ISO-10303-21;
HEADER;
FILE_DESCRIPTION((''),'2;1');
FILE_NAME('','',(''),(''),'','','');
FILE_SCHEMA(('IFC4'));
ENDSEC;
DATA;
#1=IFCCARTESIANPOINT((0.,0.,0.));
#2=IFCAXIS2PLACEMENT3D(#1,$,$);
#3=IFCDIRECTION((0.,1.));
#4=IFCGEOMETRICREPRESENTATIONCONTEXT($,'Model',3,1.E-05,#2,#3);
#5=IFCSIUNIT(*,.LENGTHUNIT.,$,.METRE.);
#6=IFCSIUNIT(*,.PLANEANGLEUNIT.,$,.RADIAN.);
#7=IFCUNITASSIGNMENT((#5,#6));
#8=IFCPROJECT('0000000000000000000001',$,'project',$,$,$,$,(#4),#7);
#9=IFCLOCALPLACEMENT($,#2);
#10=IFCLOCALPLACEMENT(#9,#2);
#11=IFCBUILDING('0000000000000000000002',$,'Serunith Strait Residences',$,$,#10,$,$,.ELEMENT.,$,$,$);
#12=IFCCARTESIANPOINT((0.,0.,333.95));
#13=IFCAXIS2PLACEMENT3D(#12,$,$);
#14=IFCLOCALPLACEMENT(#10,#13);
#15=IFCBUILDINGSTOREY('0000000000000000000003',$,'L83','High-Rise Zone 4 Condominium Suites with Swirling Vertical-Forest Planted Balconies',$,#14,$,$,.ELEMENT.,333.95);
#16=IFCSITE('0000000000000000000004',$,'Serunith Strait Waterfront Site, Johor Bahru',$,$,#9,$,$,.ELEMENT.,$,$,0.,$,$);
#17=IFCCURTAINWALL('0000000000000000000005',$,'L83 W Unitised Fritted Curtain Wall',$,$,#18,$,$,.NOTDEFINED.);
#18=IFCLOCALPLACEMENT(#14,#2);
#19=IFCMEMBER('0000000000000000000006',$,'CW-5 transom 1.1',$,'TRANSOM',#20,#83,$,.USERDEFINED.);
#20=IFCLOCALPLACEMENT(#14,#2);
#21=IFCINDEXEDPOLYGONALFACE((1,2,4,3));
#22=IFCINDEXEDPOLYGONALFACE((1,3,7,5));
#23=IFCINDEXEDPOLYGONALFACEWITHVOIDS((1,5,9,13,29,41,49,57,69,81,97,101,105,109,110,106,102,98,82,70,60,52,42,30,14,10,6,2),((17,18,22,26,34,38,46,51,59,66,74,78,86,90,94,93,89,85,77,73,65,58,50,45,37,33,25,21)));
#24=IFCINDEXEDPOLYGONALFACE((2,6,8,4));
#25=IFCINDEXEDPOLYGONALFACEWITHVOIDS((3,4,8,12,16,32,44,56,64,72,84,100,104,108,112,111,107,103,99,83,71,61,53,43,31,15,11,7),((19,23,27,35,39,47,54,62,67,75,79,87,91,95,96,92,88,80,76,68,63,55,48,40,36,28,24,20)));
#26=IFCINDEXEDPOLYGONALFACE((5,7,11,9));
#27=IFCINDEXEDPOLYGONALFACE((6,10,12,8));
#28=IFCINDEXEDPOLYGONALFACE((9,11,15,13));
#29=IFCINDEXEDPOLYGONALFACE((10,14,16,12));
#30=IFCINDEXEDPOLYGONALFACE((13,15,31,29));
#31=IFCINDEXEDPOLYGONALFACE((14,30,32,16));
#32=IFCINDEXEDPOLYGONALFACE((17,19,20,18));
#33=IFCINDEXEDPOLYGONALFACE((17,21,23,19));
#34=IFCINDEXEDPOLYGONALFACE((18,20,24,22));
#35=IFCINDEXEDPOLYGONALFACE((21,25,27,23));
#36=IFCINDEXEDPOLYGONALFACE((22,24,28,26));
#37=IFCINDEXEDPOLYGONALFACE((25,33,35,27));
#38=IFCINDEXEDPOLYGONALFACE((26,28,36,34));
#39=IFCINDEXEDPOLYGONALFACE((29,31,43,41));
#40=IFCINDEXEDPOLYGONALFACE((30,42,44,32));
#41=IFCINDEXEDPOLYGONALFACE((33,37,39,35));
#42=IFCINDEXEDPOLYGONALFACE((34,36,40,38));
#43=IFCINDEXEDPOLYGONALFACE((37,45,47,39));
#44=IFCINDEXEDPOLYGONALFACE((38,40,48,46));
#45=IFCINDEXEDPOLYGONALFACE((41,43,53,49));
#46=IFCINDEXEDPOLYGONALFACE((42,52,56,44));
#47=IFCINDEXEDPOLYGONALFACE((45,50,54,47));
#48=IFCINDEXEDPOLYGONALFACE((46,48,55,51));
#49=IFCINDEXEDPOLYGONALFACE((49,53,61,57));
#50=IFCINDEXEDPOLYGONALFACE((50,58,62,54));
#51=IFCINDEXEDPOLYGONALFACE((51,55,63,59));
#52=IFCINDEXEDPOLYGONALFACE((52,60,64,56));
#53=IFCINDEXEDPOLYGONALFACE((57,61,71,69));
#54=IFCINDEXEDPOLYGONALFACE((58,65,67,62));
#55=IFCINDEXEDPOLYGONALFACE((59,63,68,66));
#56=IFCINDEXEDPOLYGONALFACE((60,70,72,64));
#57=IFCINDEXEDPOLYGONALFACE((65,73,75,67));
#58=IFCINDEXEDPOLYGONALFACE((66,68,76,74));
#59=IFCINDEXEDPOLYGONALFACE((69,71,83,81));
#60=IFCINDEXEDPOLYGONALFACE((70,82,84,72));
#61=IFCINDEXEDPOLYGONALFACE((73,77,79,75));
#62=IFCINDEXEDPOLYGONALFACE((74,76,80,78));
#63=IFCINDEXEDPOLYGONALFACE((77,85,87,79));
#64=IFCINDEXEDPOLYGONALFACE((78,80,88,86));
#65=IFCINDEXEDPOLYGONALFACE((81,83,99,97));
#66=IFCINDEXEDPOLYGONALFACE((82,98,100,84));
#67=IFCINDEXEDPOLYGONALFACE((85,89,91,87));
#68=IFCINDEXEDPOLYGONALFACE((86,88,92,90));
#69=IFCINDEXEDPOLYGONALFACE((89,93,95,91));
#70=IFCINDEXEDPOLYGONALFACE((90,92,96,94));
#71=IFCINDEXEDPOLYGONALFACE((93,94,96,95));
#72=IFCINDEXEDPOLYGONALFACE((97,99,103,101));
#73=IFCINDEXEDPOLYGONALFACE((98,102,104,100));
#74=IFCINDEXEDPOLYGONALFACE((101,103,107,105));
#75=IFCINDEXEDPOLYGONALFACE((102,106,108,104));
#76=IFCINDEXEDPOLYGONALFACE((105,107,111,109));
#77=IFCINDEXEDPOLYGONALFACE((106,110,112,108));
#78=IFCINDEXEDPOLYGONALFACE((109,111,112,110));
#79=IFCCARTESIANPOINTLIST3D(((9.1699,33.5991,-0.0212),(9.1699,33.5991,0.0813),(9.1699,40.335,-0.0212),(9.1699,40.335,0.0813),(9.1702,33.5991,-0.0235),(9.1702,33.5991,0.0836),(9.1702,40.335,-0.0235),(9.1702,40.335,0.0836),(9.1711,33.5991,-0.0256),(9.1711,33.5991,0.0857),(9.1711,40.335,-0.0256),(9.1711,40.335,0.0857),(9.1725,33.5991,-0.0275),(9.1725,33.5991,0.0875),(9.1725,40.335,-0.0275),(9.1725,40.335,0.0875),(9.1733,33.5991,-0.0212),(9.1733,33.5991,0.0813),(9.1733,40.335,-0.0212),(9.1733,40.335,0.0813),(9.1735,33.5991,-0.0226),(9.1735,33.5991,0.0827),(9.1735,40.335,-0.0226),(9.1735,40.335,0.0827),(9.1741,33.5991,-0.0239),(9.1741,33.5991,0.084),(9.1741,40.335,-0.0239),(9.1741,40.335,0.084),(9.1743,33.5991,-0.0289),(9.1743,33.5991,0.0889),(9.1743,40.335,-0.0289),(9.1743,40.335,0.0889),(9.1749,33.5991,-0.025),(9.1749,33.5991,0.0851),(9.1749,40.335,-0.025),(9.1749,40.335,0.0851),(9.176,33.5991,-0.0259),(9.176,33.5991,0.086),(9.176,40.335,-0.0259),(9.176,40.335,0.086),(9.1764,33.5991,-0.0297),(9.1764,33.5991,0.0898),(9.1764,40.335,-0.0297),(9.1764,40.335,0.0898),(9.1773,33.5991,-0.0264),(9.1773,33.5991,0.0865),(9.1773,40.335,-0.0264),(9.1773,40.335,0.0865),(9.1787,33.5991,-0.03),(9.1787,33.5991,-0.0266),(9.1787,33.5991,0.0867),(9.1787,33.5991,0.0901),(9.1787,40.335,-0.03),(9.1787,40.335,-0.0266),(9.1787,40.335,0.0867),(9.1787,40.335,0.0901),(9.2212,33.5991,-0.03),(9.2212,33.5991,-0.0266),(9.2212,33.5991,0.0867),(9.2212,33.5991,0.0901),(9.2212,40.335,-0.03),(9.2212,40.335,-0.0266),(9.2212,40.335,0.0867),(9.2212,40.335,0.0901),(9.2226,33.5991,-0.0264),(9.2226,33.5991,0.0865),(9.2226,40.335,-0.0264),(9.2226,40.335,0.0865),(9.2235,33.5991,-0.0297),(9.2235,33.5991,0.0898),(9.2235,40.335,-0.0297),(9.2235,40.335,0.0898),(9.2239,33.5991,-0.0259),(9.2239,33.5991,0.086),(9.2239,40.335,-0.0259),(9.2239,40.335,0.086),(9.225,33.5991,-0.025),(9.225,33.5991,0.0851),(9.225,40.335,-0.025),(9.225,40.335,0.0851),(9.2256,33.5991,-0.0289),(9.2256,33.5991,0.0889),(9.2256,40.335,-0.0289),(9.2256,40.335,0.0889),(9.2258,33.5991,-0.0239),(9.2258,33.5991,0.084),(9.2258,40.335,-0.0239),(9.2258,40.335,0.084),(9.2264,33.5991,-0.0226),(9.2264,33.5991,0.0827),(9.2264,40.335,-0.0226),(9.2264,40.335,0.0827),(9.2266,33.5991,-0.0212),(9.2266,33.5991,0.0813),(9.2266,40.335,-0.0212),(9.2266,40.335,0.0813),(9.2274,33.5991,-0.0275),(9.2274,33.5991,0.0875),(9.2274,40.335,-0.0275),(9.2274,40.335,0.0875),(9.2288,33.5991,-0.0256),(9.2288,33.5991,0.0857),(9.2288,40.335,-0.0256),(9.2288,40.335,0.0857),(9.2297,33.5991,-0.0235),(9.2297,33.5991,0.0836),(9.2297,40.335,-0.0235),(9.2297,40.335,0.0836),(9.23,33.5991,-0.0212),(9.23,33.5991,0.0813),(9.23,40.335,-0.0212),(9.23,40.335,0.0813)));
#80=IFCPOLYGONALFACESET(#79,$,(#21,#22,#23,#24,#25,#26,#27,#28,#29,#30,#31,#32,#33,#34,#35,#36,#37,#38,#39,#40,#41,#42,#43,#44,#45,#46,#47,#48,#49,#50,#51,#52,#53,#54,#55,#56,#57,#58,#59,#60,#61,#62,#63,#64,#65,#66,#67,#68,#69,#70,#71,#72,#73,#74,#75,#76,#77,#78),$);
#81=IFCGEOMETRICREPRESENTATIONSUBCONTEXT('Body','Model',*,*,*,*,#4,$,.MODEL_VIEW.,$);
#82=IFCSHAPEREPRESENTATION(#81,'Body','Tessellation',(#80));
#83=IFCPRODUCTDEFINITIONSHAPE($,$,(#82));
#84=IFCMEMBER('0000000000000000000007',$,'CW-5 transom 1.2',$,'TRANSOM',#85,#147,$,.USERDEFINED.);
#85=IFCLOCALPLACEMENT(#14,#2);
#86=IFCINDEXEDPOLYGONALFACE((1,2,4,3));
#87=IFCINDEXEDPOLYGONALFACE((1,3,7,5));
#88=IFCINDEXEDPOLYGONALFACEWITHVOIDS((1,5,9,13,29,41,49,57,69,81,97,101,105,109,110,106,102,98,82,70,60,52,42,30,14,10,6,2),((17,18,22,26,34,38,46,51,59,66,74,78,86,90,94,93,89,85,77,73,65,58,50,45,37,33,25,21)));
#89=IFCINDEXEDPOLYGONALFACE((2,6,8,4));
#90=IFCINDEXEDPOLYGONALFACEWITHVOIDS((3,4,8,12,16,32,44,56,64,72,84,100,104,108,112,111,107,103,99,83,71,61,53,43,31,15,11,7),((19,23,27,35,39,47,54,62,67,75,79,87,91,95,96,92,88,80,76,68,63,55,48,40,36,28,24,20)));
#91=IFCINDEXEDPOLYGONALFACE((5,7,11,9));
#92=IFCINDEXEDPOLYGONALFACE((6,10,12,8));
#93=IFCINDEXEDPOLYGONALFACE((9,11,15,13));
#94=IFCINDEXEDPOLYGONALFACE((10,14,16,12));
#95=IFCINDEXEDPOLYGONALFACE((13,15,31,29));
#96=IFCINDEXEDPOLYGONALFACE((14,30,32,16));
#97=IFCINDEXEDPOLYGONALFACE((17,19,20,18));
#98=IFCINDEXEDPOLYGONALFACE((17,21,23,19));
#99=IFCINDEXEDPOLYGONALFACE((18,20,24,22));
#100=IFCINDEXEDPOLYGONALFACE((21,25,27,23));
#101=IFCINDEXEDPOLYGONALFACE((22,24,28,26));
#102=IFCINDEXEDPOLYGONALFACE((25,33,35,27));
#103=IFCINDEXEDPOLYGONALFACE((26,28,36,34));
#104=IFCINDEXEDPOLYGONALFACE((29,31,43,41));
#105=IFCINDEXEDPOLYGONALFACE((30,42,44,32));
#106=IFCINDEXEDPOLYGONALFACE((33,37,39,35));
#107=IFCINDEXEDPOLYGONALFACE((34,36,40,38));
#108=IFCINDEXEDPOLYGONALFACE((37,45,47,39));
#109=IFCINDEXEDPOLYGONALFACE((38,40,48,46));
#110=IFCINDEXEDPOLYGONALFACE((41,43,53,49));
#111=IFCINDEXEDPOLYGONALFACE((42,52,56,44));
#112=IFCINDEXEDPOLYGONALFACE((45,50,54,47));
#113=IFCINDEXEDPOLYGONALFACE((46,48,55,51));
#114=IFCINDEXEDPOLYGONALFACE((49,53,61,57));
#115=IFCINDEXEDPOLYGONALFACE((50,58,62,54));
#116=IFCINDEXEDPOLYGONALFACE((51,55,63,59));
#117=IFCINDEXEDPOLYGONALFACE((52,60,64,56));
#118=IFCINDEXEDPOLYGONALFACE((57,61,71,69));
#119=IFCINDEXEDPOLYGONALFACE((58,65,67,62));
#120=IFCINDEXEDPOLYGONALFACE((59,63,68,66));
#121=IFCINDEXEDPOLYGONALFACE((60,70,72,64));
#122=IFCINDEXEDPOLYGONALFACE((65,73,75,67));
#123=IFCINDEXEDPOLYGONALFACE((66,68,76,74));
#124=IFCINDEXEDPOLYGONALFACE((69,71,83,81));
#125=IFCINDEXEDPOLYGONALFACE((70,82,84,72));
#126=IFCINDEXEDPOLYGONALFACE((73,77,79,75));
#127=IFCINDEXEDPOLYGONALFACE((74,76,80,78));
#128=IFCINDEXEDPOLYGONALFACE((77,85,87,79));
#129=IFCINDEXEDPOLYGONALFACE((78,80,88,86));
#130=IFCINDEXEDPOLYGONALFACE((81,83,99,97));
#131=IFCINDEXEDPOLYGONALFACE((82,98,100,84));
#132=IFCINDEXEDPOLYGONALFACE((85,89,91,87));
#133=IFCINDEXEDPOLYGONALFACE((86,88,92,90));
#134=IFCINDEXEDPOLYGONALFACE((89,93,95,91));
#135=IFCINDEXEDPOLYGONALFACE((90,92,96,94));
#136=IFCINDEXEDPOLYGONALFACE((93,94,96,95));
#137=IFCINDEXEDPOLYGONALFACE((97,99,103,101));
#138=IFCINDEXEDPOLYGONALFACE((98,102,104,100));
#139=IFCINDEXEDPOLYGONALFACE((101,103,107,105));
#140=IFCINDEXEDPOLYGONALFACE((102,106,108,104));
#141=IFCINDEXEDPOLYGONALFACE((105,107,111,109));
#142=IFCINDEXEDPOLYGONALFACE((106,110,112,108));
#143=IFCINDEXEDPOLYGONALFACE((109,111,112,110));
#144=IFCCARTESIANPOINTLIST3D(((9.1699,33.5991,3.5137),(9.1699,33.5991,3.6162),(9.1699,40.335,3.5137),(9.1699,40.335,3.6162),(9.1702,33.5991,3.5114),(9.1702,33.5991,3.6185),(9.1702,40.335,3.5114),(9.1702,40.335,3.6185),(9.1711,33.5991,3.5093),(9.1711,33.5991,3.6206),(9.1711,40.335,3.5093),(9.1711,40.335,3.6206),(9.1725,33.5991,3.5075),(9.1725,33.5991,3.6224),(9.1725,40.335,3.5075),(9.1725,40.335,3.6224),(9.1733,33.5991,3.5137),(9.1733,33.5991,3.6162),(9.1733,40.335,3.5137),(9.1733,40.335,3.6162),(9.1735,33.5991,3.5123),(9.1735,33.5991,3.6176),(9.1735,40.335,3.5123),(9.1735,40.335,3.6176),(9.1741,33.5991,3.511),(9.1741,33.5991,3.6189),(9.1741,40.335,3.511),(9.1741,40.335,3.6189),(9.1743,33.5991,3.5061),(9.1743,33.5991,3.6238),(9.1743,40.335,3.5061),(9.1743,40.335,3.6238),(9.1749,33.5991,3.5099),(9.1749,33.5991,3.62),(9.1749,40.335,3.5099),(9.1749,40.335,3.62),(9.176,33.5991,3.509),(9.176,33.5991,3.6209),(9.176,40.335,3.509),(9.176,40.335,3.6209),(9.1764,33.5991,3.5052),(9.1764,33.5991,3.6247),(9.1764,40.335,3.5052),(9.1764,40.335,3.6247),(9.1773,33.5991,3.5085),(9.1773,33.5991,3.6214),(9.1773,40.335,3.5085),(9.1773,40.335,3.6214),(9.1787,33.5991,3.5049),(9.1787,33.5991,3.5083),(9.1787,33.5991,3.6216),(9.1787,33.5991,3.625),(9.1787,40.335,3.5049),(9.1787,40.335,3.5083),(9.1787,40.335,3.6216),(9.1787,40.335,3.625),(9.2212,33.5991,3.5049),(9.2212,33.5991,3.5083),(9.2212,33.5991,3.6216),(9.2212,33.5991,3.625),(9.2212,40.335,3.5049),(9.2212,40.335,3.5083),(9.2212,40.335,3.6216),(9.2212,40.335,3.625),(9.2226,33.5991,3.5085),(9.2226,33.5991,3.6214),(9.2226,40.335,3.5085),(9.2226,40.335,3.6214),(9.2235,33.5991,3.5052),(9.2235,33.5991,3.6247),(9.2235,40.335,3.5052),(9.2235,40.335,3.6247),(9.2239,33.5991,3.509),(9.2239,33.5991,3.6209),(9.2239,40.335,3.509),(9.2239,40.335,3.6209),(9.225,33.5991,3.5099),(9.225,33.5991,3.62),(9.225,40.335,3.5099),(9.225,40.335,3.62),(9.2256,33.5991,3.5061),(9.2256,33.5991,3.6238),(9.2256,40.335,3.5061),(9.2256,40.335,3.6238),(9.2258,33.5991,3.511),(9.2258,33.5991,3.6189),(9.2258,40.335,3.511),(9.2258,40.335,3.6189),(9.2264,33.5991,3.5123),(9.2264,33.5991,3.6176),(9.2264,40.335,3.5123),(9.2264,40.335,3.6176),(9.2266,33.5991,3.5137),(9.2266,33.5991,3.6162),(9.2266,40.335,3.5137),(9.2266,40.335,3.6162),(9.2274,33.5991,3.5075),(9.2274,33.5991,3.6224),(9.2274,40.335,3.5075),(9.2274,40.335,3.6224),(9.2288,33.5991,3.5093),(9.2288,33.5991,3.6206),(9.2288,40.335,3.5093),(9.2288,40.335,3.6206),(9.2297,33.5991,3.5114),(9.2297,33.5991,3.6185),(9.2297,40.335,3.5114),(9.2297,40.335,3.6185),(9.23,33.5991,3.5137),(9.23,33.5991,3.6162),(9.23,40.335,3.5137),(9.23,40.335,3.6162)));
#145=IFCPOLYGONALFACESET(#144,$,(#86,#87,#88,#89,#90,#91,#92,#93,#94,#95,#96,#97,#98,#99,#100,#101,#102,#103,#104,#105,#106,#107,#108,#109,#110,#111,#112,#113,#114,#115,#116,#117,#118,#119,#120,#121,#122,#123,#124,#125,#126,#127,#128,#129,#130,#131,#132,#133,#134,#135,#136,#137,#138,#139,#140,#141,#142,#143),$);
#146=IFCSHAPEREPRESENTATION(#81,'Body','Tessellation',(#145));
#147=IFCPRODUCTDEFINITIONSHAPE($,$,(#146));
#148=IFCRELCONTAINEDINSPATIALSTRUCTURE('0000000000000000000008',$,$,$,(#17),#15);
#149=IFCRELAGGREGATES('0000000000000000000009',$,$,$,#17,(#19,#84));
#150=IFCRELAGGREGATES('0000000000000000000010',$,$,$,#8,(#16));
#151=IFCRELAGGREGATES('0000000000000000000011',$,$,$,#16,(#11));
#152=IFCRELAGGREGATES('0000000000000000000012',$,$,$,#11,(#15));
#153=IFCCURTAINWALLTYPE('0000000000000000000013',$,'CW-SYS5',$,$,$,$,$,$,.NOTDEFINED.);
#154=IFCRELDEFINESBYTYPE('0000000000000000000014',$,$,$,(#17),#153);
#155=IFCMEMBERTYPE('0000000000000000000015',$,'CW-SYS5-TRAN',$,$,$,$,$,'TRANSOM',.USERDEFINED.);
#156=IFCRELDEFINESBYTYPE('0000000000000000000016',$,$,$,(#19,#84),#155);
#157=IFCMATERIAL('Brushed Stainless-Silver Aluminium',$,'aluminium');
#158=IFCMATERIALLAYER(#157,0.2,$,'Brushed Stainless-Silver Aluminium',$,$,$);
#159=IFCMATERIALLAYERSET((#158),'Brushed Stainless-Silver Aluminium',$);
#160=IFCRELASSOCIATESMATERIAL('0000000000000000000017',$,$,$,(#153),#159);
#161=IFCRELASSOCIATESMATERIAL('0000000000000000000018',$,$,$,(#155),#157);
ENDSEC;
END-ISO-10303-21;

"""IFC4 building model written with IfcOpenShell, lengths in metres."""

from ifc_helpers import new_model, si_unit, direction, frame, origin, origin_2d, place, context, subcontext, project, spatial, hollow_rectangle, extrude, source, transform, mapped, material, layer, layer_set, material_profile, profile_set, type_object, element, aggregate, save


model = new_model("IFC4")

# Units and contexts
model_context = context("Model", 3, precision=1e-05, world=origin(), true_north=direction((0.0, 1.0)))
body_context = subcontext(model_context, "Body", "Model", "MODEL_VIEW")
ifc_project = project(units=[si_unit("LENGTHUNIT", "METRE"), si_unit("PLANEANGLEUNIT", "RADIAN")], contexts=[model_context])

# Site, building, storey
site_placement = place(None, origin())
site = spatial("IfcSite", under=ifc_project, at=site_placement, Name="Serunith Strait Waterfront Site, Johor Bahru", CompositionType="ELEMENT", RefElevation=0.0)
building_placement = place(site_placement, origin())
building = spatial("IfcBuilding", under=site, at=building_placement, Name="Serunith Strait Residences", CompositionType="ELEMENT")
storey_placement = place(building_placement, frame((0.0, 0.0, 333.95)))
storey = spatial("IfcBuildingStorey", under=building, at=storey_placement, Name="L83", Description="High-Rise Zone 4 Condominium Suites with Swirling Vertical-Forest Planted Balconies", CompositionType="ELEMENT", Elevation=333.95)

# Curtain wall, members
ifc_material_1 = material(Name="Brushed Stainless-Silver Aluminium", Category="aluminium")
ifc_layer_1 = layer(ifc_material_1, 0.2, Name="Brushed Stainless-Silver Aluminium")
ifc_layer_set_1 = layer_set([ifc_layer_1], Name="Brushed Stainless-Silver Aluminium")
curtain_wall_type = type_object("IfcCurtainWallType", Name="CW-SYS5", PredefinedType="NOTDEFINED", material=ifc_layer_set_1)
curtain_wall_1_placement = place(storey_placement, origin())
curtain_wall_1 = element("IfcCurtainWall", 1, at=curtain_wall_1_placement, inside=storey, type_object=curtain_wall_type, Name="L83 W Unitised Fritted Curtain Wall", PredefinedType="NOTDEFINED")
ifc_material_profile_1 = material_profile(ifc_material_1, hollow_rectangle(XDim=0.0601, YDim=0.1201, WallThickness=0.0034, InnerFilletRadius=0.0054, OuterFilletRadius=0.0088, at=origin_2d()), Name="ALU 120x60x3.5")
ifc_profile_set_1 = profile_set([ifc_material_profile_1], Name="Brushed Stainless-Silver Aluminium")
member_type_1 = type_object("IfcMemberType", Name="CW-SYS5-TRAN", ElementType="TRANSOM", PredefinedType="USERDEFINED", material=ifc_profile_set_1)
shared_shape_1 = source(origin(), body_context, "Body", "SweptSolid", [
    extrude(hollow_rectangle(XDim=0.0601, YDim=0.1201, WallThickness=0.0034, InnerFilletRadius=0.0054, OuterFilletRadius=0.0088, at=origin_2d()), origin(), (0.0, 0.0, 1.0), 6.7358),
])
member_1_placement = place(storey_placement, frame((9.2, 40.335, 0.03), z_axis=(0.0, -1.0, 0.0), x_axis=(1.0, 0.0, 0.0)))
member_1 = element("IfcMember", 2, at=member_1_placement, type_object=member_type_1, Name="CW-5 transom 1.1", ObjectType="TRANSOM", PredefinedType="USERDEFINED", context=body_context, shape_type="MappedRepresentation", body=[
    mapped(shared_shape_1, transform((0.0, 0.0, 0.0), scale=1.0)),
])
member_2_placement = place(storey_placement, frame((9.2, 40.335, 3.5649), z_axis=(0.0, -1.0, 0.0), x_axis=(1.0, 0.0, 0.0)))
member_2 = element("IfcMember", 3, at=member_2_placement, type_object=member_type_1, Name="CW-5 transom 1.2", ObjectType="TRANSOM", PredefinedType="USERDEFINED", context=body_context, shape_type="MappedRepresentation", body=[
    mapped(shared_shape_1, transform((0.0, 0.0, 0.0), scale=1.0)),
])

aggregate(curtain_wall_1, [member_1, member_2])

save(model, "model.ifc")
